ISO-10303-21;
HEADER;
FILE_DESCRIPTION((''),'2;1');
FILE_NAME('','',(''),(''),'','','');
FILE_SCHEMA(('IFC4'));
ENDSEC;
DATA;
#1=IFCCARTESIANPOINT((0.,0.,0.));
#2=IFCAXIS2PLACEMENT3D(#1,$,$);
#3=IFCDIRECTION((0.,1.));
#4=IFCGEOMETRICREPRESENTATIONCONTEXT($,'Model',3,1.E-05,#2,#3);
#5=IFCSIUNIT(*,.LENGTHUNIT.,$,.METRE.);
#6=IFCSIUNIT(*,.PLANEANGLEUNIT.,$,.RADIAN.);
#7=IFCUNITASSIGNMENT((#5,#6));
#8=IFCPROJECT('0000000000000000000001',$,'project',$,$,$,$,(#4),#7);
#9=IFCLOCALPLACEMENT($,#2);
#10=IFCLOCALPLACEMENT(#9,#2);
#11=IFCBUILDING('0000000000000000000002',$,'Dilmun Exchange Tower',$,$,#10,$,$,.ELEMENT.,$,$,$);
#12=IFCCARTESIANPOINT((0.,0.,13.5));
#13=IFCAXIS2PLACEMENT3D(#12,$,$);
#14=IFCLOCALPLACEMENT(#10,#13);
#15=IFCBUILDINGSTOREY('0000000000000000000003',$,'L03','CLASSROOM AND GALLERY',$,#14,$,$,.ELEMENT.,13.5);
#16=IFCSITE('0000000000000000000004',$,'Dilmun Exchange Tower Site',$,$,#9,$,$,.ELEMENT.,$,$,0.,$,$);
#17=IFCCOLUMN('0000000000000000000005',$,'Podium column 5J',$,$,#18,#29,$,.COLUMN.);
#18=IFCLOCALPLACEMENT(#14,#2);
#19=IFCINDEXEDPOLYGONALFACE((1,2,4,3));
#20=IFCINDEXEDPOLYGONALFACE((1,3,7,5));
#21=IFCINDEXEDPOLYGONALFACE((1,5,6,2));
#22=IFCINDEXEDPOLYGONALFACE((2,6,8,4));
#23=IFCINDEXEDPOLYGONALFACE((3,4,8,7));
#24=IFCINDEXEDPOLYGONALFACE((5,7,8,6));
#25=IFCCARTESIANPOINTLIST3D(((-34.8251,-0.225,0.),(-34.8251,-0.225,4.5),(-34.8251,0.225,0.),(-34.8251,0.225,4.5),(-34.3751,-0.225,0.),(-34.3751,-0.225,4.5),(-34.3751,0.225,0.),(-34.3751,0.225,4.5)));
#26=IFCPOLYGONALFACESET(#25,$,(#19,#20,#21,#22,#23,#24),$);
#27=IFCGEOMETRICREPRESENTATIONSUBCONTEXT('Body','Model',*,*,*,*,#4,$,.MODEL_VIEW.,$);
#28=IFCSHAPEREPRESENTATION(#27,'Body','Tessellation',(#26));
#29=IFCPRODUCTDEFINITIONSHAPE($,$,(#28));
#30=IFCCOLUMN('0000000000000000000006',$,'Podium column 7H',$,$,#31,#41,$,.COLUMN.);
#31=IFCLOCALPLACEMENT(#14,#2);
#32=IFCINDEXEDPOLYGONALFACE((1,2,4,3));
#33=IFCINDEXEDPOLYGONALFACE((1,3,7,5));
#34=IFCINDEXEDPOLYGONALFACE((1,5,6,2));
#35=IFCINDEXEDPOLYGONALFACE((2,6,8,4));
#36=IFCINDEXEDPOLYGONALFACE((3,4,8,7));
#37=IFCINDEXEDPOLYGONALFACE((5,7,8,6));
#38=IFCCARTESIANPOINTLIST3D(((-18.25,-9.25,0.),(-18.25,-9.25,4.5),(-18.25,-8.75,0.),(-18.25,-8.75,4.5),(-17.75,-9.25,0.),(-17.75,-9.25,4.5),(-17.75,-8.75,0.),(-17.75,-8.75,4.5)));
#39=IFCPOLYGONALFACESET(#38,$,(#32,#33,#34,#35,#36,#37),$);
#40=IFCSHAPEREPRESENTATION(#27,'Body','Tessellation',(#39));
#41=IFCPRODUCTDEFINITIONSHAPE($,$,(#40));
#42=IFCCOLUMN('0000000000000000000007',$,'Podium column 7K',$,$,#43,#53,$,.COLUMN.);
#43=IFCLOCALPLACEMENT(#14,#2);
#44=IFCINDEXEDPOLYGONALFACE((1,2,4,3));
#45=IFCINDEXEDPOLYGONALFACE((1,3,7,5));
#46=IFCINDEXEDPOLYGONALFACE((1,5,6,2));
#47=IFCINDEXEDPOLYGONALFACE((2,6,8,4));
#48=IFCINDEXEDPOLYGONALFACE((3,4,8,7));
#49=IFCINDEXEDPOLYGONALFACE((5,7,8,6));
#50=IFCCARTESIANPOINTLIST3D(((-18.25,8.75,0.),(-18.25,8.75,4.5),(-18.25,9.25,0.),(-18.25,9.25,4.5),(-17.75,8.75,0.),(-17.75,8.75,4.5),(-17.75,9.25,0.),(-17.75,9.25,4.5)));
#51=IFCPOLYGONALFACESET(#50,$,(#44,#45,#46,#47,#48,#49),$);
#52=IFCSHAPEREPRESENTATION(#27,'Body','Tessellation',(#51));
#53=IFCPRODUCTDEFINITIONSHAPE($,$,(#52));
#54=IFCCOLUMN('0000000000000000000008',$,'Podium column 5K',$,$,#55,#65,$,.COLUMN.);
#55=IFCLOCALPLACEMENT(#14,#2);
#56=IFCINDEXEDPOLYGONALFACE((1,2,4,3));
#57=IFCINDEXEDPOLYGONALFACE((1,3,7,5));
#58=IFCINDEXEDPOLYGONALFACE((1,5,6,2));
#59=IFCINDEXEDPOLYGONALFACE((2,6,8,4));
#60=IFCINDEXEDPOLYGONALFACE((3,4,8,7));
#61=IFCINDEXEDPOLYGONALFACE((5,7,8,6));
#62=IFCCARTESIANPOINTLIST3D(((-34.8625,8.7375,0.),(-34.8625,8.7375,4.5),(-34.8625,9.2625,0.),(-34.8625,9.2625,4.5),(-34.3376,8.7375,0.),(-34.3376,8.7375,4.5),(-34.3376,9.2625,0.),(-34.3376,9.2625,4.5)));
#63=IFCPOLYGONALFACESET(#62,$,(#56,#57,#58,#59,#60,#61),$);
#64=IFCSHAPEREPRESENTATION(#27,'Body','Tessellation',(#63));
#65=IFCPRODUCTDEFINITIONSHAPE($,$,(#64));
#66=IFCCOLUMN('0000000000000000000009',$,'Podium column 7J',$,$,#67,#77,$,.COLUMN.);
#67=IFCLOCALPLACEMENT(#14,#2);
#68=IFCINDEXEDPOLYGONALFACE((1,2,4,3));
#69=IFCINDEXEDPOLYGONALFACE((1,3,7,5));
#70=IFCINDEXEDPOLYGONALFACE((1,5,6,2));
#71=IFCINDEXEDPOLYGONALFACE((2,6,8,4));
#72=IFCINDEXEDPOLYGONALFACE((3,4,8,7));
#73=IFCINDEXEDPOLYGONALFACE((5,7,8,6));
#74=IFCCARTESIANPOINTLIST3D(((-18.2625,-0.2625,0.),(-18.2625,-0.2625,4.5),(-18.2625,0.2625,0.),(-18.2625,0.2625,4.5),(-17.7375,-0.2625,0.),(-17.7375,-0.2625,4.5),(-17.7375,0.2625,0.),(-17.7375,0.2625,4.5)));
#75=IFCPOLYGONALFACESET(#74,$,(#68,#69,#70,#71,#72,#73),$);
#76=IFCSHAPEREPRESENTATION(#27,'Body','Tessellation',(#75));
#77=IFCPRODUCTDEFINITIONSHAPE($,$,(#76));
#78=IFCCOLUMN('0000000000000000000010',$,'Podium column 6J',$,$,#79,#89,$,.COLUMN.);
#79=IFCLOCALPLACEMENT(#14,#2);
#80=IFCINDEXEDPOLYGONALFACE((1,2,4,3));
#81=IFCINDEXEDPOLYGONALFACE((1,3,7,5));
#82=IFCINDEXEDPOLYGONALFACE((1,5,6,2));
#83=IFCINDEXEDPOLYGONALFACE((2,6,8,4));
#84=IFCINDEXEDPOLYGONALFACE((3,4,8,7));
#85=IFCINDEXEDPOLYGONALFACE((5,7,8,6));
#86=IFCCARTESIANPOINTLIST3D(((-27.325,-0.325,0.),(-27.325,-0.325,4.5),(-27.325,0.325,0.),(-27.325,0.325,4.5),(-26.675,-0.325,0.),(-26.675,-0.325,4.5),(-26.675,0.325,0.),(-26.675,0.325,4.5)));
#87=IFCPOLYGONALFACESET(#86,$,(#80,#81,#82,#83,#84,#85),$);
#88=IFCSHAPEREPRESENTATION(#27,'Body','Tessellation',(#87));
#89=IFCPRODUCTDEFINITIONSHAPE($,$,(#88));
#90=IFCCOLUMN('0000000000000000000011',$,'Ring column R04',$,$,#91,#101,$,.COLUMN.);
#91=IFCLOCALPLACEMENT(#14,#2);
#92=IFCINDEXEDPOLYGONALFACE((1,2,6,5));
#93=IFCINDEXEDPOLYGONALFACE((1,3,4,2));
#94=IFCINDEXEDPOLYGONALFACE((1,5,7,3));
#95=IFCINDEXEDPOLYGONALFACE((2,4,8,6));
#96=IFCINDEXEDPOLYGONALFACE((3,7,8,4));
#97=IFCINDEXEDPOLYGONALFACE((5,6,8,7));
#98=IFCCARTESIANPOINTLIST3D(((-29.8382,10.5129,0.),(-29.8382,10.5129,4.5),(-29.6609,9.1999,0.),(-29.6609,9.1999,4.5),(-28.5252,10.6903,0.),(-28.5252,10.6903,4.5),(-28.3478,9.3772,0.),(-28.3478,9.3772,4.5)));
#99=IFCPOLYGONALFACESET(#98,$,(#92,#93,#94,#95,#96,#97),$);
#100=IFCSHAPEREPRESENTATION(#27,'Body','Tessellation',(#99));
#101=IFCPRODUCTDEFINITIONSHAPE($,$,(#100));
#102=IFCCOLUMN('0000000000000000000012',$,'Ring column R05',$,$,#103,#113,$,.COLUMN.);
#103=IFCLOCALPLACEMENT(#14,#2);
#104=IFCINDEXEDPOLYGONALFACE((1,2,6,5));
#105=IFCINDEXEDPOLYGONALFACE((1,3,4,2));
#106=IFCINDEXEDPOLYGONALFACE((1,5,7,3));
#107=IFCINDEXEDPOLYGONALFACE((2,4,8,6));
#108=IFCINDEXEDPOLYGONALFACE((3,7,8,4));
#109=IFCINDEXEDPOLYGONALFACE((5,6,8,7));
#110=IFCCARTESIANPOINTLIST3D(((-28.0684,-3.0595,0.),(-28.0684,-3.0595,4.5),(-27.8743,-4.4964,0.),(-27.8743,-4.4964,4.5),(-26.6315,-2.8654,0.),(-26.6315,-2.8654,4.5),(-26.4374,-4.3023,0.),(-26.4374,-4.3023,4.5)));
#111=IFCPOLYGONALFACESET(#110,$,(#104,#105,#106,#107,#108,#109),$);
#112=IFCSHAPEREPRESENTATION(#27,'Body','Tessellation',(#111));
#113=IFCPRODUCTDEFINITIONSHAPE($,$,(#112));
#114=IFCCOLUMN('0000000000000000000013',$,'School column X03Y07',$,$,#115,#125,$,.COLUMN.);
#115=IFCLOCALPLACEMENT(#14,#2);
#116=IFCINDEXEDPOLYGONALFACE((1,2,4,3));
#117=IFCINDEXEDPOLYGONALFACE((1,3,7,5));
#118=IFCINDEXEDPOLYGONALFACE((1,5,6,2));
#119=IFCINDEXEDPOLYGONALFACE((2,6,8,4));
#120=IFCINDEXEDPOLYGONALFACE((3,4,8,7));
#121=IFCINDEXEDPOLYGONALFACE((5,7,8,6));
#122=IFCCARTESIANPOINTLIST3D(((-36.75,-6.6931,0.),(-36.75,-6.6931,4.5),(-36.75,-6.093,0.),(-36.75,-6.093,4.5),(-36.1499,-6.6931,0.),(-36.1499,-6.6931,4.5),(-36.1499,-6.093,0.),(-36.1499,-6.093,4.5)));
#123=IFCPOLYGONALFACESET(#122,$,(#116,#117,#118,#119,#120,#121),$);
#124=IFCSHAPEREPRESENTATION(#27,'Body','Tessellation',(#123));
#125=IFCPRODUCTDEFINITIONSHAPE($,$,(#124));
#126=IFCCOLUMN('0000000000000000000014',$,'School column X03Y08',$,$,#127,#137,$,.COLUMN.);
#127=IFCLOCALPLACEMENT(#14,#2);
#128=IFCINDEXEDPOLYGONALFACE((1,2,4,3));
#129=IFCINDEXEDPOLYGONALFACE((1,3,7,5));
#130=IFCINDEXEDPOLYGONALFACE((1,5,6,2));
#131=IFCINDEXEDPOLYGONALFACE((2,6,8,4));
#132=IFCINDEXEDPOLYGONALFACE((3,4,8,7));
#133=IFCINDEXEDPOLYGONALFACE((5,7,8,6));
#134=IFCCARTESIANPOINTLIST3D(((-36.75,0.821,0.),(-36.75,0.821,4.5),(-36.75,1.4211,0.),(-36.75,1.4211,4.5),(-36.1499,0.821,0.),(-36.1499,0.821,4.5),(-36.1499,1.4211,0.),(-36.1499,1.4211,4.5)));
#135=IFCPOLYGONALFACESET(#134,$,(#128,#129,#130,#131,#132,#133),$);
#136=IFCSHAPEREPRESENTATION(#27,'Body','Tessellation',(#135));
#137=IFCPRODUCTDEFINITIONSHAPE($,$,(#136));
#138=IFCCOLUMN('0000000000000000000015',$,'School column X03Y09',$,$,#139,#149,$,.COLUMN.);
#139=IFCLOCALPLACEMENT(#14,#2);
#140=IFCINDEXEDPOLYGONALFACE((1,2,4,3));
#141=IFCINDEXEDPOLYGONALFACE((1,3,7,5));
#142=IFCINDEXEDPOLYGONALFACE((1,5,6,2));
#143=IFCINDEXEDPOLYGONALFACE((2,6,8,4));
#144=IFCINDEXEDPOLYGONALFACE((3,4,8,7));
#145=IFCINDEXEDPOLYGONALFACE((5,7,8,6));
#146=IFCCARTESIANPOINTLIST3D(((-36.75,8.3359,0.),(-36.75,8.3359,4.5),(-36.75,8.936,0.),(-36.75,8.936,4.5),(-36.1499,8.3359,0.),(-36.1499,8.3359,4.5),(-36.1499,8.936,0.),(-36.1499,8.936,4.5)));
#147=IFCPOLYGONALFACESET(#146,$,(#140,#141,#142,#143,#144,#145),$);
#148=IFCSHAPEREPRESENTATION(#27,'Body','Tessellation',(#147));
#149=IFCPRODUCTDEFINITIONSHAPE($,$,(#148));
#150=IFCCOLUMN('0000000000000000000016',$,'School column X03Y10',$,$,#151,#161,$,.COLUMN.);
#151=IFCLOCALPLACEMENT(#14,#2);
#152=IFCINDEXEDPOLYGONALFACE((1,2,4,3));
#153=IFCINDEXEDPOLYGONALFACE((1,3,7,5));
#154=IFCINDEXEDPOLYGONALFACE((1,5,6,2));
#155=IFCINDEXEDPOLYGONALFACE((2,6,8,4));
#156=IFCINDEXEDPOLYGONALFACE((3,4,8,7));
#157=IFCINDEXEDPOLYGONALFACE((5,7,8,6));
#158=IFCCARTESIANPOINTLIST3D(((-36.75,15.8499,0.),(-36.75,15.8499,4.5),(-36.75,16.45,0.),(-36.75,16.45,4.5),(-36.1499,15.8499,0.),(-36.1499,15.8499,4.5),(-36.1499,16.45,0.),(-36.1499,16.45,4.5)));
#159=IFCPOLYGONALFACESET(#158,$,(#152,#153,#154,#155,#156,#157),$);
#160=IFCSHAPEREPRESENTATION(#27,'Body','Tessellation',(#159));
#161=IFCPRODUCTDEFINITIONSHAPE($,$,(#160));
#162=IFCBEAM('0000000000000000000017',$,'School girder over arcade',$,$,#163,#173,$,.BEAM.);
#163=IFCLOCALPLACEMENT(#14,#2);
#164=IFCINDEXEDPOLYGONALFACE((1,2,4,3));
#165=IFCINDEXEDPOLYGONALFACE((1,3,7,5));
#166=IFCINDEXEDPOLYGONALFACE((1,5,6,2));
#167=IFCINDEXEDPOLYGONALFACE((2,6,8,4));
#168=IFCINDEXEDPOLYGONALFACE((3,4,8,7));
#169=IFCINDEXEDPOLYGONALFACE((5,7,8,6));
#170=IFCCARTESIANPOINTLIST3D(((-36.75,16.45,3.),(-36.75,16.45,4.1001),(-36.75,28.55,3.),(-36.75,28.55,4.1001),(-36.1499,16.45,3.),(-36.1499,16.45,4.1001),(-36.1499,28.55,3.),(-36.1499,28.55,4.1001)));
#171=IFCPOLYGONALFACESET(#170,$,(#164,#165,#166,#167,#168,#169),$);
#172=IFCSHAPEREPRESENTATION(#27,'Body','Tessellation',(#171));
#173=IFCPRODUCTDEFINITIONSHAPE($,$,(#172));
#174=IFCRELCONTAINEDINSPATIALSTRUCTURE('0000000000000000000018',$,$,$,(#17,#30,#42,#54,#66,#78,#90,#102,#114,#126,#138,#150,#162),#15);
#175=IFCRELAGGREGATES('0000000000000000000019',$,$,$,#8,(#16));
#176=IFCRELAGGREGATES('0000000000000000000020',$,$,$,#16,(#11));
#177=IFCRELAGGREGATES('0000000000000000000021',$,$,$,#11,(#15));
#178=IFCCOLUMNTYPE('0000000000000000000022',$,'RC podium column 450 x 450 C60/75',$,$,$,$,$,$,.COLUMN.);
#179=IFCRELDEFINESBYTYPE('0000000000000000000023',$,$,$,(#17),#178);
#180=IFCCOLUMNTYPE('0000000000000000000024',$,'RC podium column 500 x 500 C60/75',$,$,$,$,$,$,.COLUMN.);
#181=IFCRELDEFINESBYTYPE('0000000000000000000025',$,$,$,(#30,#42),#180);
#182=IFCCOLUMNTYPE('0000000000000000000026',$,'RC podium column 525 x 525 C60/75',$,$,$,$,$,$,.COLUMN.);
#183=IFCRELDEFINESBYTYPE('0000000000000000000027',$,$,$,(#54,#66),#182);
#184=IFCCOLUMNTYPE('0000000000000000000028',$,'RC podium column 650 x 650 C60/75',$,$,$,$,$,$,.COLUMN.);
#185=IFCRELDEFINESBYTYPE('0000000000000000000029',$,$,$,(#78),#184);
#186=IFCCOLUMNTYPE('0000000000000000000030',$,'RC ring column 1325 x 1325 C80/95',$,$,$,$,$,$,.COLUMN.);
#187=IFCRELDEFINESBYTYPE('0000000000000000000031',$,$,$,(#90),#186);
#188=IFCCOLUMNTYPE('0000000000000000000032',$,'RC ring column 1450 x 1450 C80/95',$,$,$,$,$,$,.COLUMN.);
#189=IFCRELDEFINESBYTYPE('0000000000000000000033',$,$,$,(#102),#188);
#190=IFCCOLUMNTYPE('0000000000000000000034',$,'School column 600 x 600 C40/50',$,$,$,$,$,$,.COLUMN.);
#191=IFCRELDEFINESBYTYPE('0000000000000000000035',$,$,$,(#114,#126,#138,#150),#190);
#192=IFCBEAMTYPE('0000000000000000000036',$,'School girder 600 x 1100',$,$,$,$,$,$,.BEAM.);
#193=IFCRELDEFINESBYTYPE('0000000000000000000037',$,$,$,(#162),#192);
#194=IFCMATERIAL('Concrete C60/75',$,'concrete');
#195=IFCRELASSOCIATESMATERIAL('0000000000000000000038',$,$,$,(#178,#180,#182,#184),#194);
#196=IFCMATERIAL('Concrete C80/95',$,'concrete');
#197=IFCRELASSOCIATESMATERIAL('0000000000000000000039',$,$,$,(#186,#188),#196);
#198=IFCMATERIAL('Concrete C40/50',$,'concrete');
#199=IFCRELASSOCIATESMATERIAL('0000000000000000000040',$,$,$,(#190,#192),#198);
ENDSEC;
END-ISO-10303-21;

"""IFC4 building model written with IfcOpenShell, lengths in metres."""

from ifc_helpers import new_model, si_unit, direction, frame, origin, origin_2d, place, context, subcontext, project, spatial, rectangle, extrude, material, material_profile, profile_set, type_object, element, save


model = new_model("IFC4")

# Units and contexts
model_context = context("Model", 3, precision=1e-05, world=origin(), true_north=direction((0.0, 1.0)))
body_context = subcontext(model_context, "Body", "Model", "MODEL_VIEW")
ifc_project = project(units=[si_unit("LENGTHUNIT", "METRE"), si_unit("PLANEANGLEUNIT", "RADIAN")], contexts=[model_context])

# Site, building, storey
site_placement = place(None, origin())
site = spatial("IfcSite", under=ifc_project, at=site_placement, Name="Dilmun Exchange Tower Site", CompositionType="ELEMENT", RefElevation=0.0)
building_placement = place(site_placement, origin())
building = spatial("IfcBuilding", under=site, at=building_placement, Name="Dilmun Exchange Tower", CompositionType="ELEMENT")
storey_placement = place(building_placement, frame((0.0, 0.0, 13.5)))
storey = spatial("IfcBuildingStorey", under=building, at=storey_placement, Name="L03", Description="CLASSROOM AND GALLERY", CompositionType="ELEMENT", Elevation=13.5)

# Columns
ifc_material_1 = material(Name="Concrete C60/75", Category="concrete")
ifc_material_profile_1 = material_profile(ifc_material_1, rectangle(XDim=0.45, YDim=0.45, at=origin_2d()), Name="450 x 450")
ifc_profile_set_1 = profile_set([ifc_material_profile_1], Name="Concrete C60/75")
column_type_1 = type_object("IfcColumnType", Name="RC podium column 450 x 450 C60/75", PredefinedType="COLUMN", material=ifc_profile_set_1)
column_1_placement = place(storey_placement, frame((-34.6001, 0.0, 0.0), z_axis=(0.0, 0.0, 1.0), x_axis=(1.0, 0.0, 0.0)))
element("IfcColumn", 1, at=column_1_placement, inside=storey, type_object=column_type_1, Name="Podium column 5J", PredefinedType="COLUMN", context=body_context, shape_type="SweptSolid", body=[
    extrude(rectangle(XDim=0.45, YDim=0.45, at=origin_2d()), origin(), (0.0, 0.0, 1.0), 4.5),
])
ifc_material_profile_2 = material_profile(ifc_material_1, rectangle(XDim=0.5, YDim=0.5, at=origin_2d()), Name="500 x 500")
ifc_profile_set_2 = profile_set([ifc_material_profile_2], Name="Concrete C60/75")
column_type_2 = type_object("IfcColumnType", Name="RC podium column 500 x 500 C60/75", PredefinedType="COLUMN", material=ifc_profile_set_2)
for number, where, z_axis, x_axis, name in (
    (2, (-18.0, -9.0, 0.0), (0.0, 0.0, 1.0), (1.0, 0.0, 0.0), "Podium column 7H"),
    (3, (-18.0, 9.0, 0.0), (0.0, 0.0, 1.0), (1.0, 0.0, 0.0), "Podium column 7K"),
):
    element("IfcColumn", number, at=place(storey_placement, frame(where, z_axis=z_axis, x_axis=x_axis)), inside=storey, type_object=column_type_2, Name=name, PredefinedType="COLUMN", context=body_context, shape_type="SweptSolid", body=[
        extrude(rectangle(XDim=0.5, YDim=0.5, at=origin_2d()), origin(), (0.0, 0.0, 1.0), 4.5),
    ])
ifc_material_profile_3 = material_profile(ifc_material_1, rectangle(XDim=0.5249, YDim=0.5249, at=origin_2d()), Name="525 x 525")
ifc_profile_set_3 = profile_set([ifc_material_profile_3], Name="Concrete C60/75")
column_type_3 = type_object("IfcColumnType", Name="RC podium column 525 x 525 C60/75", PredefinedType="COLUMN", material=ifc_profile_set_3)
for number, where, z_axis, x_axis, name in (
    (4, (-34.6001, 9.0, 0.0), (0.0, 0.0, 1.0), (1.0, 0.0, 0.0), "Podium column 5K"),
    (5, (-18.0, 0.0, 0.0), (0.0, 0.0, 1.0), (1.0, 0.0, 0.0), "Podium column 7J"),
):
    element("IfcColumn", number, at=place(storey_placement, frame(where, z_axis=z_axis, x_axis=x_axis)), inside=storey, type_object=column_type_3, Name=name, PredefinedType="COLUMN", context=body_context, shape_type="SweptSolid", body=[
        extrude(rectangle(XDim=0.5249, YDim=0.5249, at=origin_2d()), origin(), (0.0, 0.0, 1.0), 4.5),
    ])
ifc_material_profile_4 = material_profile(ifc_material_1, rectangle(XDim=0.6499, YDim=0.6499, at=origin_2d()), Name="650 x 650")
ifc_profile_set_4 = profile_set([ifc_material_profile_4], Name="Concrete C60/75")
column_type_4 = type_object("IfcColumnType", Name="RC podium column 650 x 650 C60/75", PredefinedType="COLUMN", material=ifc_profile_set_4)
column_2_placement = place(storey_placement, frame((-27.0, 0.0, 0.0), z_axis=(0.0, 0.0, 1.0), x_axis=(1.0, 0.0, 0.0)))
element("IfcColumn", 6, at=column_2_placement, inside=storey, type_object=column_type_4, Name="Podium column 6J", PredefinedType="COLUMN", context=body_context, shape_type="SweptSolid", body=[
    extrude(rectangle(XDim=0.6499, YDim=0.6499, at=origin_2d()), origin(), (0.0, 0.0, 1.0), 4.5),
])
ifc_material_2 = material(Name="Concrete C80/95", Category="concrete")
ifc_material_profile_5 = material_profile(ifc_material_2, rectangle(XDim=1.325, YDim=1.325, at=origin_2d()), Name="1325 x 1325")
ifc_profile_set_5 = profile_set([ifc_material_profile_5], Name="Concrete C80/95")
column_type_5 = type_object("IfcColumnType", Name="RC ring column 1325 x 1325 C80/95", PredefinedType="COLUMN", material=ifc_profile_set_5)
column_3_placement = place(storey_placement, frame((-29.093, 9.9451, 0.0), z_axis=(0.0, 0.0, 1.0), x_axis=(0.991001, 0.133853, 0.0)))
element("IfcColumn", 7, at=column_3_placement, inside=storey, type_object=column_type_5, Name="Ring column R04", PredefinedType="COLUMN", context=body_context, shape_type="SweptSolid", body=[
    extrude(rectangle(XDim=1.325, YDim=1.325, at=origin_2d()), origin(), (0.0, 0.0, 1.0), 4.5),
])
ifc_material_profile_6 = material_profile(ifc_material_2, rectangle(XDim=1.45, YDim=1.45, at=origin_2d()), Name="1450 x 1450")
ifc_profile_set_6 = profile_set([ifc_material_profile_6], Name="Concrete C80/95")
column_type_6 = type_object("IfcColumnType", Name="RC ring column 1450 x 1450 C80/95", PredefinedType="COLUMN", material=ifc_profile_set_6)
column_4_placement = place(storey_placement, frame((-27.2529, -3.6809, 0.0), z_axis=(0.0, 0.0, 1.0), x_axis=(0.991001, 0.133853, 0.0)))
element("IfcColumn", 8, at=column_4_placement, inside=storey, type_object=column_type_6, Name="Ring column R05", PredefinedType="COLUMN", context=body_context, shape_type="SweptSolid", body=[
    extrude(rectangle(XDim=1.45, YDim=1.45, at=origin_2d()), origin(), (0.0, 0.0, 1.0), 4.5),
])
ifc_material_3 = material(Name="Concrete C40/50", Category="concrete")
ifc_material_profile_7 = material_profile(ifc_material_3, rectangle(XDim=0.6001, YDim=0.6001, at=origin_2d()), Name="600 x 600")
ifc_profile_set_7 = profile_set([ifc_material_profile_7], Name="Concrete C40/50")
column_type_7 = type_object("IfcColumnType", Name="School column 600 x 600 C40/50", PredefinedType="COLUMN", material=ifc_profile_set_7)
for number, where, z_axis, x_axis, name in (
    (9, (-36.45, -6.3931, 0.0), (0.0, 0.0, 1.0), (1.0, 0.0, 0.0), "School column X03Y07"),
    (10, (-36.45, 1.1211, 0.0), (0.0, 0.0, 1.0), (1.0, 0.0, 0.0), "School column X03Y08"),
    (11, (-36.45, 8.636, 0.0), (0.0, 0.0, 1.0), (1.0, 0.0, 0.0), "School column X03Y09"),
    (12, (-36.45, 16.1499, 0.0), (0.0, 0.0, 1.0), (1.0, 0.0, 0.0), "School column X03Y10"),
):
    element("IfcColumn", number, at=place(storey_placement, frame(where, z_axis=z_axis, x_axis=x_axis)), inside=storey, type_object=column_type_7, Name=name, PredefinedType="COLUMN", context=body_context, shape_type="SweptSolid", body=[
        extrude(rectangle(XDim=0.6001, YDim=0.6001, at=origin_2d()), origin(), (0.0, 0.0, 1.0), 4.5),
    ])

# Beam
ifc_material_profile_8 = material_profile(ifc_material_3, rectangle(XDim=0.6001, YDim=1.1001, at=origin_2d()), Name="600 x 1100")
ifc_profile_set_8 = profile_set([ifc_material_profile_8], Name="Concrete C40/50")
beam_type = type_object("IfcBeamType", Name="School girder 600 x 1100", PredefinedType="BEAM", material=ifc_profile_set_8)
beam_placement = place(storey_placement, frame((-36.45, 16.45, 3.55), z_axis=(0.0, 1.0, 0.0), x_axis=(-1.0, 0.0, 0.0)))
element("IfcBeam", 13, at=beam_placement, inside=storey, type_object=beam_type, Name="School girder over arcade", PredefinedType="BEAM", context=body_context, shape_type="SweptSolid", body=[
    extrude(rectangle(XDim=0.6001, YDim=1.1001, at=origin_2d()), origin(), (0.0, 0.0, 1.0), 12.1001),
])

save(model, "model.ifc")
